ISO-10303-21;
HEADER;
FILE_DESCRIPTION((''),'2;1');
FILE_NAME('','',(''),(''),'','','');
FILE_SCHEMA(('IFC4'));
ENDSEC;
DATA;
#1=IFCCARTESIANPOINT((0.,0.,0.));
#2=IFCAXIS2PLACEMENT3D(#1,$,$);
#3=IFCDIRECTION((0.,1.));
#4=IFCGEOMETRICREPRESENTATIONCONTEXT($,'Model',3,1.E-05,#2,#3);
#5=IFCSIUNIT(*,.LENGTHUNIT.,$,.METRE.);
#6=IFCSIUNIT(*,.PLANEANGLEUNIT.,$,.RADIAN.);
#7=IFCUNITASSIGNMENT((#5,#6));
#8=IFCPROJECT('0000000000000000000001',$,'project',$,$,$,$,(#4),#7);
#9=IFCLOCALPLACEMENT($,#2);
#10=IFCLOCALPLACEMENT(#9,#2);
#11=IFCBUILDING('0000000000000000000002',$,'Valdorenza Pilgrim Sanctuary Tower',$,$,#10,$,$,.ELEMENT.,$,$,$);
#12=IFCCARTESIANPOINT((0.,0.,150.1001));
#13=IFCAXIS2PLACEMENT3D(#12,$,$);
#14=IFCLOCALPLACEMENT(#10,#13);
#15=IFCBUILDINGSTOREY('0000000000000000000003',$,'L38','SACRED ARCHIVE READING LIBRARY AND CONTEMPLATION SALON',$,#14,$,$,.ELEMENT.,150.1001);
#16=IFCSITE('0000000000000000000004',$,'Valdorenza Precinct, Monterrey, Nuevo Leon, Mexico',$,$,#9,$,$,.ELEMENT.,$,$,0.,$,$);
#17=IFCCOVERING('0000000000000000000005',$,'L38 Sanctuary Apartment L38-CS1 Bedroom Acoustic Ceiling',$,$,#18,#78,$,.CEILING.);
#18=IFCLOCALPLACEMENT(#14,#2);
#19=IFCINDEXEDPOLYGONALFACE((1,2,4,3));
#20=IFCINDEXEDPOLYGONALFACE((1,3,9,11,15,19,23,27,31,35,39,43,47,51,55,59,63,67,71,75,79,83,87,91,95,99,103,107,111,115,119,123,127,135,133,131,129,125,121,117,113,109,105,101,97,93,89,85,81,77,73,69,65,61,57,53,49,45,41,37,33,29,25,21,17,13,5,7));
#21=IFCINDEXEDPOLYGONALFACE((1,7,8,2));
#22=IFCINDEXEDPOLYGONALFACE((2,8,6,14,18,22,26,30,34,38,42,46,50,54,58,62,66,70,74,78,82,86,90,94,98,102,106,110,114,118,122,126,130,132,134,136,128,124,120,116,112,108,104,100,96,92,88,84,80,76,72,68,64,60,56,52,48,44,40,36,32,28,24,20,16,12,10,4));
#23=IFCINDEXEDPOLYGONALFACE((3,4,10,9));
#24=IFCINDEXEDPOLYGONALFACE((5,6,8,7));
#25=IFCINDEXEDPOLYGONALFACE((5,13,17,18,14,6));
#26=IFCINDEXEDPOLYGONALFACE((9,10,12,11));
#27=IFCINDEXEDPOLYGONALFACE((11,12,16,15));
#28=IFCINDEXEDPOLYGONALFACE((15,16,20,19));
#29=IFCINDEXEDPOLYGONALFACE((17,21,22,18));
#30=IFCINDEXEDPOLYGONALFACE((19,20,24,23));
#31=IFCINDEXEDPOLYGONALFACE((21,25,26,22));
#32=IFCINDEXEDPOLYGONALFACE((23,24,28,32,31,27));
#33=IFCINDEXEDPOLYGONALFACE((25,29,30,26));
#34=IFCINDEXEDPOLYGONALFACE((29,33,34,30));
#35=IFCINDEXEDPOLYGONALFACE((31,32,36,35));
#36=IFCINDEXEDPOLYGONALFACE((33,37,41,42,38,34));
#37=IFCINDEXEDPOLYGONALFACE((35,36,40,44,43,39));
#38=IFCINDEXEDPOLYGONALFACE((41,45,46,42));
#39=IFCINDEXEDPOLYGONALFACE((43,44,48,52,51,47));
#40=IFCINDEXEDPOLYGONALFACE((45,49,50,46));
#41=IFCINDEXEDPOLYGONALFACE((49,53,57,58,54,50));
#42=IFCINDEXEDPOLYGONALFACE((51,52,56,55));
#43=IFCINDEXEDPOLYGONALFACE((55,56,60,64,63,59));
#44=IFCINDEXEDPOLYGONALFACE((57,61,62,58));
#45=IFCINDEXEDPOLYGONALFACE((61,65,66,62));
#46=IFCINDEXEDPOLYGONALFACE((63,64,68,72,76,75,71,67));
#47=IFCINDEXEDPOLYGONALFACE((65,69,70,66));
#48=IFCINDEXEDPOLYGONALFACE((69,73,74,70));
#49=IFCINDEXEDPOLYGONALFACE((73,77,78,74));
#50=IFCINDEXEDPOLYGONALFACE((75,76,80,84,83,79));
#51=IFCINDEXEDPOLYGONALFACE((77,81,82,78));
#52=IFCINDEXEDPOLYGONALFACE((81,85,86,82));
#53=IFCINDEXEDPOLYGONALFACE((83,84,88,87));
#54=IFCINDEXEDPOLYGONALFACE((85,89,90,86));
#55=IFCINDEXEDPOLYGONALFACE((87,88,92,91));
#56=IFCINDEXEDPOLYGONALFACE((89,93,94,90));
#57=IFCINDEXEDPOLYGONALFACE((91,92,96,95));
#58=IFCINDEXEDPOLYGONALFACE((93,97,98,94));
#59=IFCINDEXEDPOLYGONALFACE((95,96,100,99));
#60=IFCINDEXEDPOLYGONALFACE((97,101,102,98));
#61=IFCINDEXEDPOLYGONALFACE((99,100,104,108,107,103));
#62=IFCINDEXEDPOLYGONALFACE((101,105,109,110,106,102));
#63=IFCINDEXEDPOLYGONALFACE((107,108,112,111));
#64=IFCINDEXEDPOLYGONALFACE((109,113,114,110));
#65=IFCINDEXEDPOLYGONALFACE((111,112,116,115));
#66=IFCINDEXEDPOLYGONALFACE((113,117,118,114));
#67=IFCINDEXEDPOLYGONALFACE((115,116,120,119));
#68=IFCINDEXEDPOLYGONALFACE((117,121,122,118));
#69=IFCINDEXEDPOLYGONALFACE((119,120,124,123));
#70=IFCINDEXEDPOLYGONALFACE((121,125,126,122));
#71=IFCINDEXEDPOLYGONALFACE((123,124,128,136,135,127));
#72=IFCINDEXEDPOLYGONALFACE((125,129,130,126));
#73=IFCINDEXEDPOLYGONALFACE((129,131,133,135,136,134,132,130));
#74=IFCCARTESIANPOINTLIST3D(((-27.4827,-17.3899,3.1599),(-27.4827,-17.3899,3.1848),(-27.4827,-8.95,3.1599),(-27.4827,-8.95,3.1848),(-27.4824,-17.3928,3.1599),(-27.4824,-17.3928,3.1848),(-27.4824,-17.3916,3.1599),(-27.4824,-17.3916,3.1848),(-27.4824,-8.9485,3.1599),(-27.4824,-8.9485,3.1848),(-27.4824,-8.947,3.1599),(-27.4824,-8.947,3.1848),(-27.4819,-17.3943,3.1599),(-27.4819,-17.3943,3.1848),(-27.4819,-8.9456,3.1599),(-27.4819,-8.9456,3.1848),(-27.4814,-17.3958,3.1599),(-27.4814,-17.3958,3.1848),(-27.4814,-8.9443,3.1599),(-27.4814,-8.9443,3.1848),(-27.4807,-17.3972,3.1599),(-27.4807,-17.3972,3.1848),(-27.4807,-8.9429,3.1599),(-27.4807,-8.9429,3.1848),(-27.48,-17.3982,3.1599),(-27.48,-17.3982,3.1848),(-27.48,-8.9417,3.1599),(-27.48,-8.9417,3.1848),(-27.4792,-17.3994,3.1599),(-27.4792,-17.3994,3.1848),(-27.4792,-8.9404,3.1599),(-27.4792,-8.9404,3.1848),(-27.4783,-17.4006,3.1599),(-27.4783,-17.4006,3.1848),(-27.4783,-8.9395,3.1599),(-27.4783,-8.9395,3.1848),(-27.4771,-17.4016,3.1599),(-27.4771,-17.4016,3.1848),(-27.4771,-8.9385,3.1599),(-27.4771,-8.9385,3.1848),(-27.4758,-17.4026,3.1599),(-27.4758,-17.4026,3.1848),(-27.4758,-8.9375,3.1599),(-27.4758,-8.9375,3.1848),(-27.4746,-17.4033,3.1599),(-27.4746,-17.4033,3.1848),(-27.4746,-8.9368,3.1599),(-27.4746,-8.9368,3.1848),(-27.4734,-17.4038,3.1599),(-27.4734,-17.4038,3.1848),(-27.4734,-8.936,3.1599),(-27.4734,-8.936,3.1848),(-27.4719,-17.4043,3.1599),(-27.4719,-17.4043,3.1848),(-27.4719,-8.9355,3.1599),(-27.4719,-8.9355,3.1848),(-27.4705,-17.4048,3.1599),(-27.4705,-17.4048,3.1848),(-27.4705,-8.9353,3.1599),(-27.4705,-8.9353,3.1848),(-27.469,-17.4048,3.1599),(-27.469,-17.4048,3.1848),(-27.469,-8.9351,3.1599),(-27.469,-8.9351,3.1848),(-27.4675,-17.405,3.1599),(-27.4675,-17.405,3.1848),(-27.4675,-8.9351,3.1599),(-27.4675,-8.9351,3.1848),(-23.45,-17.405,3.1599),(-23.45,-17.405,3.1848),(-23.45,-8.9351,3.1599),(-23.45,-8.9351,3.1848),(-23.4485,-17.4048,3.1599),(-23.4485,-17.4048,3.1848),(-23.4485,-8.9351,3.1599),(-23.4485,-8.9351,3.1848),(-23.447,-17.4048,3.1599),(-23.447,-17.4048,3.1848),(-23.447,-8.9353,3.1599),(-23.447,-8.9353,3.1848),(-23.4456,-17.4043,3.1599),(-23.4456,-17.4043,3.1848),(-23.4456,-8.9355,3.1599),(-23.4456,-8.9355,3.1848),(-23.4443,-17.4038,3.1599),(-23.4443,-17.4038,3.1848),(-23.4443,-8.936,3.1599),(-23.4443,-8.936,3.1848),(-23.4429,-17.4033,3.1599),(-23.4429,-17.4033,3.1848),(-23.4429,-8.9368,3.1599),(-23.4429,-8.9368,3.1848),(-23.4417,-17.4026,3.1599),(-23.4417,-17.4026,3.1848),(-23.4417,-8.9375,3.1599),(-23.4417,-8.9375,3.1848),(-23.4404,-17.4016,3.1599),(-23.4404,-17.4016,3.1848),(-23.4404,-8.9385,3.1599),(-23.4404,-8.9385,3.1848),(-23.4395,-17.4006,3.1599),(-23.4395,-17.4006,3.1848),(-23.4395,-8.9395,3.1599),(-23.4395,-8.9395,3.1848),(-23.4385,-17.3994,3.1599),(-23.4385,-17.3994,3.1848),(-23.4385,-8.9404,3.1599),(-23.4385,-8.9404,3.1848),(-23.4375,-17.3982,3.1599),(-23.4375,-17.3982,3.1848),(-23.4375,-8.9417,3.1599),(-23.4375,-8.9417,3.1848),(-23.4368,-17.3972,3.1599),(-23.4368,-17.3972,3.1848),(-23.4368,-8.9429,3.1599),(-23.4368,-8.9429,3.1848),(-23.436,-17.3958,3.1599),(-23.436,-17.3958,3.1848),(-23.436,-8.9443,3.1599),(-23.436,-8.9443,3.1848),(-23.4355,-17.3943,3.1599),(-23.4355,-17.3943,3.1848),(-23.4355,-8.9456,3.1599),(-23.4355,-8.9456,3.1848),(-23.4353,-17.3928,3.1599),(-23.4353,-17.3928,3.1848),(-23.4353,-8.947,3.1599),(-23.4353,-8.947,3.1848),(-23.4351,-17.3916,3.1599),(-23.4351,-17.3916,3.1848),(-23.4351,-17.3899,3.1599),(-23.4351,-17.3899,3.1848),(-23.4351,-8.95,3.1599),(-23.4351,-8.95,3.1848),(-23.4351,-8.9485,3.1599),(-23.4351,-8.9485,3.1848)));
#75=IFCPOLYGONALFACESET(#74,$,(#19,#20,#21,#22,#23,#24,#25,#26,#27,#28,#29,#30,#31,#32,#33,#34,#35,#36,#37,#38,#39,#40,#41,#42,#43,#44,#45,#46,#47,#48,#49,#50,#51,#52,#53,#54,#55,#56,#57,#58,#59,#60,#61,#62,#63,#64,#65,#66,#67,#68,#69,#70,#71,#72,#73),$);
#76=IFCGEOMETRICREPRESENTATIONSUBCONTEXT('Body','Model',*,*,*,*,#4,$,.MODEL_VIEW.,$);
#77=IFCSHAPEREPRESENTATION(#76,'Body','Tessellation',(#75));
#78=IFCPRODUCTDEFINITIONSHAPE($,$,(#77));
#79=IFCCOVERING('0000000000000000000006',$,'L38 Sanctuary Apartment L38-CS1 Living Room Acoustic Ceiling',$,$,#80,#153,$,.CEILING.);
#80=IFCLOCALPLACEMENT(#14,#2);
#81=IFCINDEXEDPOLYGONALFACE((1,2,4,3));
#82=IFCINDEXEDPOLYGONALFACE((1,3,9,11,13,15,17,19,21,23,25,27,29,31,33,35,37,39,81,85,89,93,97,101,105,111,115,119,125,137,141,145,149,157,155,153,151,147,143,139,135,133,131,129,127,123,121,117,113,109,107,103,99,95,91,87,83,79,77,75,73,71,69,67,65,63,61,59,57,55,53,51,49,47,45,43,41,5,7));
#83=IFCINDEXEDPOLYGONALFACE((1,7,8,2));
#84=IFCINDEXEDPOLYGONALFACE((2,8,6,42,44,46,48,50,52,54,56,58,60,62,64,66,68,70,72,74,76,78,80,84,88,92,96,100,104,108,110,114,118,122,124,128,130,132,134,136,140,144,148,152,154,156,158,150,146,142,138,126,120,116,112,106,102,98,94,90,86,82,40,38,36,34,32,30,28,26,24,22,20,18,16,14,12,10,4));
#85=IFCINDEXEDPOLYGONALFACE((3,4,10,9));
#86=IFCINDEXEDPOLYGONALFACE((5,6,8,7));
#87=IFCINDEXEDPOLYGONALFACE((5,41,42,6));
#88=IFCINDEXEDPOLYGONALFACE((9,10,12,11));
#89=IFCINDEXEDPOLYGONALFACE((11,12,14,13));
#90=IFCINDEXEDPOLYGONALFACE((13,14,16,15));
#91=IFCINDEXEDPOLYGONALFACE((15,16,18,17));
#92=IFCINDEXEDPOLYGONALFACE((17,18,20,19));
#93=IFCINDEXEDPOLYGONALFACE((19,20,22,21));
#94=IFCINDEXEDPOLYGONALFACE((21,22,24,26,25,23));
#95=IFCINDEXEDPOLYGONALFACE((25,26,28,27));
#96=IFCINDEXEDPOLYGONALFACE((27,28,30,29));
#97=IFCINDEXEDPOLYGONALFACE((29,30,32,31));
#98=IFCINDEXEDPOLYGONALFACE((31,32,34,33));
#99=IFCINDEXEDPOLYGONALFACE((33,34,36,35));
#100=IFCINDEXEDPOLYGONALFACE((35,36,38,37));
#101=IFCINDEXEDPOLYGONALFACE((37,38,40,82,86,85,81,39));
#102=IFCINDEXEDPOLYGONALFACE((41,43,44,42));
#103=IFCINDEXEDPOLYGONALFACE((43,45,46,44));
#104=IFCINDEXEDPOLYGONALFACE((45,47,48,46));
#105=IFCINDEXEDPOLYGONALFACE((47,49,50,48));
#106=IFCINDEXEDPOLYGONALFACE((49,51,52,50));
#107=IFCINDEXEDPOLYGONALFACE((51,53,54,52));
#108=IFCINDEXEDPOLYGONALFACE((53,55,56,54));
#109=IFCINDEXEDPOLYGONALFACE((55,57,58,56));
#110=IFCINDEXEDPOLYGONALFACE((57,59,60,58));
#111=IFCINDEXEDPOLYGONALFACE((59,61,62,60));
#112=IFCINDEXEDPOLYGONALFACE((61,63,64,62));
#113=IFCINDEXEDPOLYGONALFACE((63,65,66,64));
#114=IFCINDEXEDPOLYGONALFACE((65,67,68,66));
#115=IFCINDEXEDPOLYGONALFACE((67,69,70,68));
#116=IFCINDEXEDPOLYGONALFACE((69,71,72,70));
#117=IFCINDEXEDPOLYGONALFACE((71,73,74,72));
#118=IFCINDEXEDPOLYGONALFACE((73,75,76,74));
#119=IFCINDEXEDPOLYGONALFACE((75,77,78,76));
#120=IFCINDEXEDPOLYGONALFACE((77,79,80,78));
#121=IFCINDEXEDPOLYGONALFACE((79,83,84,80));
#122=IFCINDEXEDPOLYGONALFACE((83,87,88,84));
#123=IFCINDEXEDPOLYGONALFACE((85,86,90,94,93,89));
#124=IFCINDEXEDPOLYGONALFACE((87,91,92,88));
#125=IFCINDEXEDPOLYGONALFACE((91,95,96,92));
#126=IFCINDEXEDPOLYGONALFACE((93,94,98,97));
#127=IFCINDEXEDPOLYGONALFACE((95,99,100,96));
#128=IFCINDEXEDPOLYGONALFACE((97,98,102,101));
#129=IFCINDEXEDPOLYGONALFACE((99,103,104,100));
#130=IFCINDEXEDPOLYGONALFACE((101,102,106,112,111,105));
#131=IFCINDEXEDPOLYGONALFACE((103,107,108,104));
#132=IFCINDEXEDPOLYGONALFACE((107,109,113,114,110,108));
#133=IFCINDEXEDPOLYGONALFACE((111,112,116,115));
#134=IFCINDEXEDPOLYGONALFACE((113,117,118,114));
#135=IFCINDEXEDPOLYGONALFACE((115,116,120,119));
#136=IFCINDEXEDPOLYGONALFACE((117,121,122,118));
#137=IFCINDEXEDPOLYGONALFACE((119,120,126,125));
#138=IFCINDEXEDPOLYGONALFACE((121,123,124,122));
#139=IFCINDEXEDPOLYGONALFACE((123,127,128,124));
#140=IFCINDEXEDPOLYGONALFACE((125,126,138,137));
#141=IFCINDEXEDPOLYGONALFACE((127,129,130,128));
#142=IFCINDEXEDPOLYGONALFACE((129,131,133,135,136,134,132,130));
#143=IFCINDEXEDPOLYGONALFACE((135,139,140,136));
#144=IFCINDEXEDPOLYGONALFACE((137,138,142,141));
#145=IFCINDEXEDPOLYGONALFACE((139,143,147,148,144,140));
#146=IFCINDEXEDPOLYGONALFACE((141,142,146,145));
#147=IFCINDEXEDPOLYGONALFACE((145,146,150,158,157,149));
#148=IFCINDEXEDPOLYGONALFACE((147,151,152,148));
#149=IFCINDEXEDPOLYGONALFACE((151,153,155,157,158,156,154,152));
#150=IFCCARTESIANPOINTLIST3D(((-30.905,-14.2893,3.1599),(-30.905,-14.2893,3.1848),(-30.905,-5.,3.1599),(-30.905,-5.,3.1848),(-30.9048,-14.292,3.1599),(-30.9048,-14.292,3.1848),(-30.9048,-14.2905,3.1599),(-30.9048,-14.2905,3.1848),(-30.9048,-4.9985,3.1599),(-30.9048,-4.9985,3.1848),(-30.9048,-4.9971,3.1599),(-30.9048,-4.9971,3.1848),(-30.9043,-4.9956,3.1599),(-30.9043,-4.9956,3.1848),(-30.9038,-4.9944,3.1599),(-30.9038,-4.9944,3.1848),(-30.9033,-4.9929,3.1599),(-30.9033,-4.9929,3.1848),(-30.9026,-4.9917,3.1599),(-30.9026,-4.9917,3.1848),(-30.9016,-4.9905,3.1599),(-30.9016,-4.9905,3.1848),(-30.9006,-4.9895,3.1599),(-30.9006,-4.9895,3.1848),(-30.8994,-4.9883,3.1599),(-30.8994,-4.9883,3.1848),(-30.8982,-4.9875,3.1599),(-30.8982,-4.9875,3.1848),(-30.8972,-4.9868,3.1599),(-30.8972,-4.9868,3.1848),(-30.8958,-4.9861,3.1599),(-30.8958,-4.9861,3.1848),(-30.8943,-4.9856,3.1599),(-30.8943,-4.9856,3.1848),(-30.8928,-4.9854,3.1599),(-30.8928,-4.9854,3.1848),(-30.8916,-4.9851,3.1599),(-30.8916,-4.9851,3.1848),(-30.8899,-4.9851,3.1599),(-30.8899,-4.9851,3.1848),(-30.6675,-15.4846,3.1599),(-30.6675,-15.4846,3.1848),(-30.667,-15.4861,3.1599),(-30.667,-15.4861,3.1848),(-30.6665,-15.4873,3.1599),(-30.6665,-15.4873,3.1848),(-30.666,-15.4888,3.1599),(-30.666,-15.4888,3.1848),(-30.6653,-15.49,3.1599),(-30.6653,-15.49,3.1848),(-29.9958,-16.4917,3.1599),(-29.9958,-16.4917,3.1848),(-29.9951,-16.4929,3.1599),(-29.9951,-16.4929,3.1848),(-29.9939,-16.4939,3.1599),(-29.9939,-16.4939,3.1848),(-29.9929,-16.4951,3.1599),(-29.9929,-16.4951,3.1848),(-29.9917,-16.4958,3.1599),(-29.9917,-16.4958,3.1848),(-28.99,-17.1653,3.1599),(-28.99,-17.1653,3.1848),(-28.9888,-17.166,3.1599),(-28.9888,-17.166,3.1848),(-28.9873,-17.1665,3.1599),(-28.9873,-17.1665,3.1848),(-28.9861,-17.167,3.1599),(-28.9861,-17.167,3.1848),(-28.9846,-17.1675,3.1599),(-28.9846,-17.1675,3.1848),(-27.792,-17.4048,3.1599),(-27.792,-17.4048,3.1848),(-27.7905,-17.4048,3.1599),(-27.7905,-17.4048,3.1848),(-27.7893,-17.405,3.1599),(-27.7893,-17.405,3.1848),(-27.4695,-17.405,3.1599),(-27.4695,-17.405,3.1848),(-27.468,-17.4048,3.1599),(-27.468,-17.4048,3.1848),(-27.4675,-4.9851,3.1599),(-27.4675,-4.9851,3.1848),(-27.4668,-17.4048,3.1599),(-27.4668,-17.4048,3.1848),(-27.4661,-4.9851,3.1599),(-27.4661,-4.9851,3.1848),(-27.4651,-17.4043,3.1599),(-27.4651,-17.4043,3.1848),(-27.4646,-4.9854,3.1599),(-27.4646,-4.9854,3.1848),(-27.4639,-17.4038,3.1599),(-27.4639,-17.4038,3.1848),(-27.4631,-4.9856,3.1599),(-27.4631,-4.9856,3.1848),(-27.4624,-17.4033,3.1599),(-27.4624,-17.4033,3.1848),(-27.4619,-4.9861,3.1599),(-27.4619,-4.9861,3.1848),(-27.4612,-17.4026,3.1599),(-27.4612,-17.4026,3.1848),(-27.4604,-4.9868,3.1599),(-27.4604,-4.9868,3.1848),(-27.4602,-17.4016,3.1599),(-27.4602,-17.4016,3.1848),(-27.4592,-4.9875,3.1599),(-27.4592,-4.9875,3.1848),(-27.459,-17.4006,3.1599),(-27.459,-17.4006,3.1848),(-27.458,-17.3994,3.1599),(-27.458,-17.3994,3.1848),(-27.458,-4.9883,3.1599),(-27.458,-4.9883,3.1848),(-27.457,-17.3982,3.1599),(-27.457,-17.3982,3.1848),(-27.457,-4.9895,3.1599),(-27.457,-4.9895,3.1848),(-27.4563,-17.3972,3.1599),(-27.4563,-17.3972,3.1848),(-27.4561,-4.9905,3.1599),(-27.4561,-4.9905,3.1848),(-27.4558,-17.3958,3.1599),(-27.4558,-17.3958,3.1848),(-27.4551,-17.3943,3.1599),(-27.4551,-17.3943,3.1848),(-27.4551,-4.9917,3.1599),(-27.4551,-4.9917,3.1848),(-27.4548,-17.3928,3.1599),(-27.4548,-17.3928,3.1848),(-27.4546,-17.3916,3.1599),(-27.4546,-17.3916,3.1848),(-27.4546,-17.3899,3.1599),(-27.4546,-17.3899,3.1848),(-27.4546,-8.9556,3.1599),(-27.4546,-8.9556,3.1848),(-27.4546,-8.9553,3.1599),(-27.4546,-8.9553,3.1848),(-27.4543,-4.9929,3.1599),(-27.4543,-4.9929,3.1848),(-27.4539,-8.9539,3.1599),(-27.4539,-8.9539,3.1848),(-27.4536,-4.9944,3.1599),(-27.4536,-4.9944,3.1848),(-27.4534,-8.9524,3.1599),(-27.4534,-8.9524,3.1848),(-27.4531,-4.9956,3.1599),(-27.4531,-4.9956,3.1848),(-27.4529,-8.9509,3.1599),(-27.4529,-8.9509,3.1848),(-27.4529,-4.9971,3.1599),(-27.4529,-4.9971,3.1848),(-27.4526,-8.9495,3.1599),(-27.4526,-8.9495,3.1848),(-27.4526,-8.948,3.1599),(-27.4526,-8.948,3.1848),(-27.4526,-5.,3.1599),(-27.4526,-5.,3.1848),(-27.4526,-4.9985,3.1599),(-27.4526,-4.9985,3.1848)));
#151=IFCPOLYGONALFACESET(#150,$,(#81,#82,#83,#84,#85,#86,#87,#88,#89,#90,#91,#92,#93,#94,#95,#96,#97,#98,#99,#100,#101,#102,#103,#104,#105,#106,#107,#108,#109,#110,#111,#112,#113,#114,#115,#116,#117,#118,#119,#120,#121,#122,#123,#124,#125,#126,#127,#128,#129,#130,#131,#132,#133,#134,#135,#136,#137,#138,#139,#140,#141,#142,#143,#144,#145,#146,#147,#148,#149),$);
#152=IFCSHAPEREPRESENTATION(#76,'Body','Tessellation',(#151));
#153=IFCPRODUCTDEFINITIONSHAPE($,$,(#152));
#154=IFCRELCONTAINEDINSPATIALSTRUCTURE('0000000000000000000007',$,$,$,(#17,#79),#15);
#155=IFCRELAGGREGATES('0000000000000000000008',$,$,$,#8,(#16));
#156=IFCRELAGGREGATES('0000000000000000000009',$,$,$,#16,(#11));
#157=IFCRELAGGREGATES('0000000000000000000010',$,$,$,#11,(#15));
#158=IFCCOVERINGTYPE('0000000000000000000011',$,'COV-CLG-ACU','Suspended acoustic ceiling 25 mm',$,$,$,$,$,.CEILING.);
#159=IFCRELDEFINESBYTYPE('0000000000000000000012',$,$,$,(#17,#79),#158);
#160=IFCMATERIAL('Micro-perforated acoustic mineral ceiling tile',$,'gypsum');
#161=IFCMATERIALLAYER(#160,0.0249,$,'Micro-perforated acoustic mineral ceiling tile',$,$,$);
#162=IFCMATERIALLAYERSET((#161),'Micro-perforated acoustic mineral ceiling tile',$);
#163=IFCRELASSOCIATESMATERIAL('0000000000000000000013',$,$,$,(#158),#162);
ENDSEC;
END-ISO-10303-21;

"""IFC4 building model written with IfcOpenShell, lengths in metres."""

from ifc_helpers import new_model, si_unit, direction, frame, origin, place, context, subcontext, project, spatial, polyline, outline, extrude, material, layer, layer_set, type_object, element, save


model = new_model("IFC4")

# Units and contexts
model_context = context("Model", 3, precision=1e-05, world=origin(), true_north=direction((0.0, 1.0)))
body_context = subcontext(model_context, "Body", "Model", "MODEL_VIEW")
ifc_project = project(units=[si_unit("LENGTHUNIT", "METRE"), si_unit("PLANEANGLEUNIT", "RADIAN")], contexts=[model_context])

# Site, building, storey
site_placement = place(None, origin())
site = spatial("IfcSite", under=ifc_project, at=site_placement, Name="Valdorenza Precinct, Monterrey, Nuevo Leon, Mexico", CompositionType="ELEMENT", RefElevation=0.0)
building_placement = place(site_placement, origin())
building = spatial("IfcBuilding", under=site, at=building_placement, Name="Valdorenza Pilgrim Sanctuary Tower", CompositionType="ELEMENT")
storey_placement = place(building_placement, frame((0.0, 0.0, 150.1001)))
storey = spatial("IfcBuildingStorey", under=building, at=storey_placement, Name="L38", Description="SACRED ARCHIVE READING LIBRARY AND CONTEMPLATION SALON", CompositionType="ELEMENT", Elevation=150.1001)

# Coverings
ifc_material_1 = material(Name="Micro-perforated acoustic mineral ceiling tile", Category="gypsum")
ifc_layer_1 = layer(ifc_material_1, 0.0249, Name="Micro-perforated acoustic mineral ceiling tile")
ifc_layer_set_1 = layer_set([ifc_layer_1], Name="Micro-perforated acoustic mineral ceiling tile")
covering_type_1 = type_object("IfcCoveringType", Name="COV-CLG-ACU", Description="Suspended acoustic ceiling 25 mm", PredefinedType="CEILING", material=ifc_layer_set_1)
covering_1_placement = place(storey_placement, frame((0.0, 0.0, 3.1599)))
element("IfcCovering", 1, at=covering_1_placement, inside=storey, type_object=covering_type_1, Name="L38 Sanctuary Apartment L38-CS1 Bedroom Acoustic Ceiling", PredefinedType="CEILING", context=body_context, shape_type="SweptSolid", body=[
    extrude(outline(polyline([(-27.4827, -8.95), (-27.4824, -8.9485), (-27.4824, -8.947), (-27.4819, -8.9456), (-27.4814, -8.9443), (-27.4807, -8.9429), (-27.48, -8.9417), (-27.4792, -8.9404), (-27.4783, -8.9395), (-27.4771, -8.9385), (-27.4758, -8.9375), (-27.4746, -8.9368), (-27.4734, -8.936), (-27.4719, -8.9355), (-27.4705, -8.9353), (-27.469, -8.9351), (-27.4675, -8.9351), (-23.45, -8.9351), (-23.4485, -8.9351), (-23.447, -8.9353), (-23.4456, -8.9355), (-23.4443, -8.936), (-23.4429, -8.9368), (-23.4417, -8.9375), (-23.4404, -8.9385), (-23.4395, -8.9395), (-23.4385, -8.9404), (-23.4375, -8.9417), (-23.4368, -8.9429), (-23.436, -8.9443), (-23.4355, -8.9456), (-23.4353, -8.947), (-23.4351, -8.9485), (-23.4351, -8.95), (-23.4351, -17.3899), (-23.4351, -17.3916), (-23.4353, -17.3928), (-23.4355, -17.3943), (-23.436, -17.3958), (-23.4368, -17.3972), (-23.4375, -17.3982), (-23.4385, -17.3994), (-23.4395, -17.4006), (-23.4404, -17.4016), (-23.4417, -17.4026), (-23.4429, -17.4033), (-23.4443, -17.4038), (-23.4456, -17.4043), (-23.447, -17.4048), (-23.4485, -17.4048), (-23.45, -17.405), (-27.4675, -17.405), (-27.469, -17.4048), (-27.4705, -17.4048), (-27.4719, -17.4043), (-27.4734, -17.4038), (-27.4746, -17.4033), (-27.4758, -17.4026), (-27.4771, -17.4016), (-27.4783, -17.4006), (-27.4792, -17.3994), (-27.48, -17.3982), (-27.4807, -17.3972), (-27.4814, -17.3958), (-27.4819, -17.3943), (-27.4824, -17.3928), (-27.4824, -17.3916), (-27.4827, -17.3899), (-27.4827, -8.95)])), origin(), (0.0, 0.0, 1.0), 0.0249),
])
covering_2_placement = place(storey_placement, frame((0.0, 0.0, 3.1599)))
element("IfcCovering", 2, at=covering_2_placement, inside=storey, type_object=covering_type_1, Name="L38 Sanctuary Apartment L38-CS1 Living Room Acoustic Ceiling", PredefinedType="CEILING", context=body_context, shape_type="SweptSolid", body=[
    extrude(outline(polyline([(-28.9846, -17.1675), (-28.9861, -17.167), (-28.9873, -17.1665), (-28.9888, -17.166), (-28.99, -17.1653), (-29.9917, -16.4958), (-29.9929, -16.4951), (-29.9939, -16.4939), (-29.9951, -16.4929), (-29.9958, -16.4917), (-30.6653, -15.49), (-30.666, -15.4888), (-30.6665, -15.4873), (-30.667, -15.4861), (-30.6675, -15.4846), (-30.9048, -14.292), (-30.9048, -14.2905), (-30.905, -14.2893), (-30.905, -5.0), (-30.9048, -4.9985), (-30.9048, -4.9971), (-30.9043, -4.9956), (-30.9038, -4.9944), (-30.9033, -4.9929), (-30.9026, -4.9917), (-30.9016, -4.9905), (-30.9006, -4.9895), (-30.8994, -4.9883), (-30.8982, -4.9875), (-30.8972, -4.9868), (-30.8958, -4.9861), (-30.8943, -4.9856), (-30.8928, -4.9854), (-30.8916, -4.9851), (-30.8899, -4.9851), (-27.4675, -4.9851), (-27.4661, -4.9851), (-27.4646, -4.9854), (-27.4631, -4.9856), (-27.4619, -4.9861), (-27.4604, -4.9868), (-27.4592, -4.9875), (-27.458, -4.9883), (-27.457, -4.9895), (-27.4561, -4.9905), (-27.4551, -4.9917), (-27.4543, -4.9929), (-27.4536, -4.9944), (-27.4531, -4.9956), (-27.4529, -4.9971), (-27.4526, -4.9985), (-27.4526, -5.0), (-27.4526, -8.948), (-27.4526, -8.9495), (-27.4529, -8.9509), (-27.4534, -8.9524), (-27.4539, -8.9539), (-27.4546, -8.9553), (-27.4546, -8.9556), (-27.4546, -17.3899), (-27.4546, -17.3916), (-27.4548, -17.3928), (-27.4551, -17.3943), (-27.4558, -17.3958), (-27.4563, -17.3972), (-27.457, -17.3982), (-27.458, -17.3994), (-27.459, -17.4006), (-27.4602, -17.4016), (-27.4612, -17.4026), (-27.4624, -17.4033), (-27.4639, -17.4038), (-27.4651, -17.4043), (-27.4668, -17.4048), (-27.468, -17.4048), (-27.4695, -17.405), (-27.7893, -17.405), (-27.7905, -17.4048), (-27.792, -17.4048), (-28.9846, -17.1675)])), origin(), (0.0, 0.0, 1.0), 0.0249),
])

save(model, "model.ifc")
